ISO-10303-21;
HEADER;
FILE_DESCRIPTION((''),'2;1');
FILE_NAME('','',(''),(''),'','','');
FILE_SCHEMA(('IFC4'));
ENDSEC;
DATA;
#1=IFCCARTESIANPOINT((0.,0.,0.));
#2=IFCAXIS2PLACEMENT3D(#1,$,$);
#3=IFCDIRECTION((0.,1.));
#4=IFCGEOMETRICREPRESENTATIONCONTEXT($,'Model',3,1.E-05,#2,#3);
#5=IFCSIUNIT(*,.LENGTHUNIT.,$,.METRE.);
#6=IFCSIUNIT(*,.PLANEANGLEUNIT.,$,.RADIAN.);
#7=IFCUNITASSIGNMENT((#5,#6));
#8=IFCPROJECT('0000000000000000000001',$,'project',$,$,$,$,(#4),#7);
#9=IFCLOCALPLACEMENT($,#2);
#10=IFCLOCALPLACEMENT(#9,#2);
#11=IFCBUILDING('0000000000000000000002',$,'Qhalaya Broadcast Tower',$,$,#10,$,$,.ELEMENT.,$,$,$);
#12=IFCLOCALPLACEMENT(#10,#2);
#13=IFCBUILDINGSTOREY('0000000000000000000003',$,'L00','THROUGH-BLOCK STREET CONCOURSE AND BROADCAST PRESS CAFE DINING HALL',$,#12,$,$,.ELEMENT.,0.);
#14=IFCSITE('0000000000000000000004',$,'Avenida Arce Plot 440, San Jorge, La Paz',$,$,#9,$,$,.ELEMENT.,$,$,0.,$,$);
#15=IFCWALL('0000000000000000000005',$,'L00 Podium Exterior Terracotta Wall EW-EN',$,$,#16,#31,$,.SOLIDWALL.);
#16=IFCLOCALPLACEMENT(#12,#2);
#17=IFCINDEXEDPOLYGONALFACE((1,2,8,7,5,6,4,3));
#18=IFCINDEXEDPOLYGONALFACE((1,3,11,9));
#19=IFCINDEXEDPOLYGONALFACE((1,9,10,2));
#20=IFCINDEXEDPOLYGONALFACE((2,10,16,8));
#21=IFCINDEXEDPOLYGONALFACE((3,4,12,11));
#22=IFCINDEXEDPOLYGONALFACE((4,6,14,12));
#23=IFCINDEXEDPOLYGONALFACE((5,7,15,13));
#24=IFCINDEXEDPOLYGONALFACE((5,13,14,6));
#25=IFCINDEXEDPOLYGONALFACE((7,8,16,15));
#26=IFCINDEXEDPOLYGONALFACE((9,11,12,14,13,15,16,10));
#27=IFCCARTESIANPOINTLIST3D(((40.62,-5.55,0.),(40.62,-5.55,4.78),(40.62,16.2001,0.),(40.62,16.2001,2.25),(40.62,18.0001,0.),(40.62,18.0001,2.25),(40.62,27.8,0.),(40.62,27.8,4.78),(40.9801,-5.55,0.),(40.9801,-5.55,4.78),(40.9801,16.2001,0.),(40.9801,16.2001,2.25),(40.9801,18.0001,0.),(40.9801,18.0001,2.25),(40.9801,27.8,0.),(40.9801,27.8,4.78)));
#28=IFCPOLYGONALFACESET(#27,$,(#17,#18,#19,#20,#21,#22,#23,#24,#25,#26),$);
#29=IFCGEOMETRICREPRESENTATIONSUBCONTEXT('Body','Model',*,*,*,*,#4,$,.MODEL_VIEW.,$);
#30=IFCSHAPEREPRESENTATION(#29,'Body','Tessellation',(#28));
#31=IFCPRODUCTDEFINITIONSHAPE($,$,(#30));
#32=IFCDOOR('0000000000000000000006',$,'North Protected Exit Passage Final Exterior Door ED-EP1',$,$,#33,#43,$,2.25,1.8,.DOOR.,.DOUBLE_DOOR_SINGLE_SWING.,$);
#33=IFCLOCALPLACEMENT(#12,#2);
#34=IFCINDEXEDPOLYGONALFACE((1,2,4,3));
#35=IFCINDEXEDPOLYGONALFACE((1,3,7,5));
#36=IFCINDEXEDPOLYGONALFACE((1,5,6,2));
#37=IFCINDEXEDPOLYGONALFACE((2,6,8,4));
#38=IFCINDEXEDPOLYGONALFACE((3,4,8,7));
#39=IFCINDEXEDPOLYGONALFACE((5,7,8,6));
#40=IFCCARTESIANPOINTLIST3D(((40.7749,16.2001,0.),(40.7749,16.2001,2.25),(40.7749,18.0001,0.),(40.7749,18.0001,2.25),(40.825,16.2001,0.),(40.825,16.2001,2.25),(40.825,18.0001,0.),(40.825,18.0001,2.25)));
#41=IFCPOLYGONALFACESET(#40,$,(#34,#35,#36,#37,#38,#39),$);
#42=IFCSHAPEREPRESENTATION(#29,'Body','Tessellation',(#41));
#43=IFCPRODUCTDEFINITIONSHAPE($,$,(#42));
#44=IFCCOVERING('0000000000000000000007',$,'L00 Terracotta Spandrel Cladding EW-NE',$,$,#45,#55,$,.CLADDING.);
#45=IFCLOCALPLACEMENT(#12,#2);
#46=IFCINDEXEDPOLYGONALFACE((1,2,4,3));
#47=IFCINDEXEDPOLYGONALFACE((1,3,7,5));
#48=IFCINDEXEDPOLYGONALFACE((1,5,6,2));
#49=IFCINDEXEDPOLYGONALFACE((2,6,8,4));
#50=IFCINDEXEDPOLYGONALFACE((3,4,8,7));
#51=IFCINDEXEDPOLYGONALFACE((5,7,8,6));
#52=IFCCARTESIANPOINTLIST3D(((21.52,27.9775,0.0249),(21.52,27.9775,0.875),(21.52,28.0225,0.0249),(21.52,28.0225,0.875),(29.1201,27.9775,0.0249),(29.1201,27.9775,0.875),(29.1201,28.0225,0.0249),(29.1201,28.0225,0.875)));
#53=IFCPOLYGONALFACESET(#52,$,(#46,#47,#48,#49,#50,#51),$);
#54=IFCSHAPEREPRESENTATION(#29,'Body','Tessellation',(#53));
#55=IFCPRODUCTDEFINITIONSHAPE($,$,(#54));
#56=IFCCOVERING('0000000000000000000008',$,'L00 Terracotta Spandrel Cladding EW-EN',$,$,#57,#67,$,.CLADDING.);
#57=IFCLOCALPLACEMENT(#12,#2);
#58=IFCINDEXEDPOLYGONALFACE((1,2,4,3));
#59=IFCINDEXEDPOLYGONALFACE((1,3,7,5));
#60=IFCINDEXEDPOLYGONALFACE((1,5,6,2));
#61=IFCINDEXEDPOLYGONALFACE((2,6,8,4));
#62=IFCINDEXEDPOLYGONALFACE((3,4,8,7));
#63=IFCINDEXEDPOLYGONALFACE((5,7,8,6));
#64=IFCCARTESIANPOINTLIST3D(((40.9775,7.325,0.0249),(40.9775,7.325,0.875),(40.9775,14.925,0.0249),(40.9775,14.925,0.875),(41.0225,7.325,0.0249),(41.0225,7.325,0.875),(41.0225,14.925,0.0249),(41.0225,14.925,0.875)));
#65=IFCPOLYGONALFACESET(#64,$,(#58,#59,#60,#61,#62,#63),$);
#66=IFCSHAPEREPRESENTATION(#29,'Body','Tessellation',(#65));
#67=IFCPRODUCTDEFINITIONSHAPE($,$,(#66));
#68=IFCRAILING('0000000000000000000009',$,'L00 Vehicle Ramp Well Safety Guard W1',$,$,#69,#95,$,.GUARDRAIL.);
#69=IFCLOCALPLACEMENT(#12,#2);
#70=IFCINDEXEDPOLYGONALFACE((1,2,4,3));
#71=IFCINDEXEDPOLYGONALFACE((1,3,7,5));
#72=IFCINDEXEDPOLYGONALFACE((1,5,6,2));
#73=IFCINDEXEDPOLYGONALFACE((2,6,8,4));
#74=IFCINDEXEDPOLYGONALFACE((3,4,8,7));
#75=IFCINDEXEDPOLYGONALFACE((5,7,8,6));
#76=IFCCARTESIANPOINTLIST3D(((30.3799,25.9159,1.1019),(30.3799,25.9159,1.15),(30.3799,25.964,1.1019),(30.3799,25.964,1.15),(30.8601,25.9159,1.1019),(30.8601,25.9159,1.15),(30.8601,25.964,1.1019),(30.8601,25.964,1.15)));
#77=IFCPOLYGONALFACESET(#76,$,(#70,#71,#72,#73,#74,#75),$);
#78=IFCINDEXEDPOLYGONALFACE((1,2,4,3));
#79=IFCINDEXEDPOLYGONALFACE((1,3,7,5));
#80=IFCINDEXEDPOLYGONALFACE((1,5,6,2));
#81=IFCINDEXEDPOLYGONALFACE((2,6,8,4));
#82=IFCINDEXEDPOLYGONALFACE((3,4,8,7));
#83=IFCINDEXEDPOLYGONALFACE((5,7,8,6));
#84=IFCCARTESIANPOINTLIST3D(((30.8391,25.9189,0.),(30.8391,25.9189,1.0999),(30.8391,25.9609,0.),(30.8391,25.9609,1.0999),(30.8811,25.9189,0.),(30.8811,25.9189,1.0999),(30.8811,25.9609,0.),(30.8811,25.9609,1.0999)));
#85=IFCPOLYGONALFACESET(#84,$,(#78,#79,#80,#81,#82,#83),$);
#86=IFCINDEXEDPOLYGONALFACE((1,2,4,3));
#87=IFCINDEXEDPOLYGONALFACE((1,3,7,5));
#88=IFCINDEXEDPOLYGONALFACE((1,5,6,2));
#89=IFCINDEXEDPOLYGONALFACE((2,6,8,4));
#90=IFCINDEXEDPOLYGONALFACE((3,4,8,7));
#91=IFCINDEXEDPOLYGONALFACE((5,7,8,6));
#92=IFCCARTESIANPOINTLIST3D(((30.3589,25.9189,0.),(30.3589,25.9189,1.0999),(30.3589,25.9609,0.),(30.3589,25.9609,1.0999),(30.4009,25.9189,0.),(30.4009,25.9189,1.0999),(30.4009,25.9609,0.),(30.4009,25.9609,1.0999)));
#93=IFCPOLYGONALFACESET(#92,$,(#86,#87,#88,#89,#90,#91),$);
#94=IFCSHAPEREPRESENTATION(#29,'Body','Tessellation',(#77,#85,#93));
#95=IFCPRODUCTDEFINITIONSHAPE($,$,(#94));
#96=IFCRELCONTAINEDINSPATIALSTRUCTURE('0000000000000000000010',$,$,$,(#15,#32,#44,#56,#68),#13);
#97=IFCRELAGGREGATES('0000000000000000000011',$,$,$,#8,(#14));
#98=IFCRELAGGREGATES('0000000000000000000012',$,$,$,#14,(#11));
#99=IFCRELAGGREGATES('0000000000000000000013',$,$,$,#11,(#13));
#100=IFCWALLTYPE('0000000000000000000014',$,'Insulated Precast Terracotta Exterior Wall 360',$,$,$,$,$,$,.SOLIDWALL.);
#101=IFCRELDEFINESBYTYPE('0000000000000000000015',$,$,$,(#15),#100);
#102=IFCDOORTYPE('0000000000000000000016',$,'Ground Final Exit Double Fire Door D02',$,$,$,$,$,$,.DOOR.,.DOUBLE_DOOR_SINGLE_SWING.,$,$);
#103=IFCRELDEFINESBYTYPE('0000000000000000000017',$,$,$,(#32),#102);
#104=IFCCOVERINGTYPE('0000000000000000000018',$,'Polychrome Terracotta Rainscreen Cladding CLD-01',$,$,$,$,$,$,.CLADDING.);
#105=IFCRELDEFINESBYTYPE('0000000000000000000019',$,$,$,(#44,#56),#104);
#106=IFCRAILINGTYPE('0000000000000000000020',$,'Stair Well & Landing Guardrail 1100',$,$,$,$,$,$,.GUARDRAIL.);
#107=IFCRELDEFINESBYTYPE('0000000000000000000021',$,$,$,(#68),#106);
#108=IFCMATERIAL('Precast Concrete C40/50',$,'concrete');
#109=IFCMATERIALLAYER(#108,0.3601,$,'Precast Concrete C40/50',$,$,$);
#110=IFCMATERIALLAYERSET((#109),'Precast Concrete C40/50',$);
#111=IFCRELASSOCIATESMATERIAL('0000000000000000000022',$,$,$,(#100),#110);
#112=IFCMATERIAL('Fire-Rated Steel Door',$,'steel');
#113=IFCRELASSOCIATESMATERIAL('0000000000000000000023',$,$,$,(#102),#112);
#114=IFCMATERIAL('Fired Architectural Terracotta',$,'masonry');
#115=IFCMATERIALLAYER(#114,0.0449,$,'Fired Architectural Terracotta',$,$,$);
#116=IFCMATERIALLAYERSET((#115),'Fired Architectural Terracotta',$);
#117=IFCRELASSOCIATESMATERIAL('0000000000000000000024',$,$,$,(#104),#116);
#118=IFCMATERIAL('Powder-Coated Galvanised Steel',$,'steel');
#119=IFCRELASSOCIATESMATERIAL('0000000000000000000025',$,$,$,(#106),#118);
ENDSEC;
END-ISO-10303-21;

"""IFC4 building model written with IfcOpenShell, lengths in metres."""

from ifc_helpers import new_model, si_unit, direction, frame, frame_2d, origin, origin_2d, place, context, subcontext, project, spatial, rectangle, extrude, material, layer, layer_set, type_object, element, fill, save


model = new_model("IFC4")

# Units and contexts
model_context = context("Model", 3, precision=1e-05, world=origin(), true_north=direction((0.0, 1.0)))
body_context = subcontext(model_context, "Body", "Model", "MODEL_VIEW")
ifc_project = project(units=[si_unit("LENGTHUNIT", "METRE"), si_unit("PLANEANGLEUNIT", "RADIAN")], contexts=[model_context])

# Site, building, storey
site_placement = place(None, origin())
site = spatial("IfcSite", under=ifc_project, at=site_placement, Name="Avenida Arce Plot 440, San Jorge, La Paz", CompositionType="ELEMENT", RefElevation=0.0)
building_placement = place(site_placement, origin())
building = spatial("IfcBuilding", under=site, at=building_placement, Name="Qhalaya Broadcast Tower", CompositionType="ELEMENT")
storey_placement = place(building_placement, origin())
storey = spatial("IfcBuildingStorey", under=building, at=storey_placement, Name="L00", Description="THROUGH-BLOCK STREET CONCOURSE AND BROADCAST PRESS CAFE DINING HALL", CompositionType="ELEMENT", Elevation=0.0)

# Wall, opening, door
ifc_material_1 = material(Name="Precast Concrete C40/50", Category="concrete")
ifc_layer_1 = layer(ifc_material_1, 0.3601, Name="Precast Concrete C40/50")
ifc_layer_set_1 = layer_set([ifc_layer_1], Name="Precast Concrete C40/50")
wall_type_1 = type_object("IfcWallType", Name="Insulated Precast Terracotta Exterior Wall 360", PredefinedType="SOLIDWALL", material=ifc_layer_set_1)
wall_1_placement = place(storey_placement, frame((40.8, 27.8, 0.0), z_axis=(0.0, 0.0, 1.0), x_axis=(0.0, -1.0, 0.0)))
wall_1 = element("IfcWall", 1, at=wall_1_placement, inside=storey, type_object=wall_type_1, Name="L00 Podium Exterior Terracotta Wall EW-EN", PredefinedType="SOLIDWALL", context=body_context, shape_type="SweptSolid", body=[
    extrude(rectangle(XDim=33.3501, YDim=0.3601, at=frame_2d((16.675, 0.0))), origin(), (0.0, 0.0, 1.0), 4.78),
])
opening_placement = place(wall_1_placement, frame((9.8, 0.0, 0.0)))
opening = element("IfcOpeningElement", 2, at=opening_placement, cuts=wall_1, PredefinedType="OPENING", context=body_context, shape_type="SweptSolid", body=[
    extrude(rectangle(XDim=1.8, YDim=2.25, at=frame_2d((0.8999, 1.125))), frame((0.0, 0.1921, 0.0), z_axis=(0.0, -1.0, 0.0), x_axis=(1.0, 0.0, 0.0)), (0.0, 0.0, 1.0), 0.384),
])
ifc_material_2 = material(Name="Fire-Rated Steel Door", Category="steel")
door_type = type_object("IfcDoorType", Name="Ground Final Exit Double Fire Door D02", OperationType="DOUBLE_DOOR_SINGLE_SWING", PredefinedType="DOOR", material=ifc_material_2)
door_placement = place(opening_placement, origin())
door = element("IfcDoor", 3, at=door_placement, inside=storey, type_object=door_type, Name="North Protected Exit Passage Final Exterior Door ED-EP1", OperationType="DOUBLE_DOOR_SINGLE_SWING", OverallHeight=2.25, OverallWidth=1.8, PredefinedType="DOOR", context=body_context, shape_type="SweptSolid", body=[
    extrude(rectangle(XDim=1.8, YDim=2.25, at=frame_2d((0.8999, 1.125))), frame((0.0, 0.0249, 0.0), z_axis=(0.0, -1.0, 0.0), x_axis=(1.0, 0.0, 0.0)), (0.0, 0.0, 1.0), 0.05),
])
fill(opening, door)

# Coverings
ifc_material_3 = material(Name="Fired Architectural Terracotta", Category="masonry")
ifc_layer_2 = layer(ifc_material_3, 0.0449, Name="Fired Architectural Terracotta")
ifc_layer_set_2 = layer_set([ifc_layer_2], Name="Fired Architectural Terracotta")
covering_type = type_object("IfcCoveringType", Name="Polychrome Terracotta Rainscreen Cladding CLD-01", PredefinedType="CLADDING", material=ifc_layer_set_2)
for number, where, z_axis, x_axis, name in (
    (4, (25.3201, 28.0, 0.0249), (0.0, 0.0, 1.0), (1.0, 0.0, 0.0), "L00 Terracotta Spandrel Cladding EW-NE"),
    (5, (41.0, 11.125, 0.0249), (0.0, 0.0, 1.0), (0.0, -1.0, 0.0), "L00 Terracotta Spandrel Cladding EW-EN"),
):
    element("IfcCovering", number, at=place(storey_placement, frame(where, z_axis=z_axis, x_axis=x_axis)), inside=storey, type_object=covering_type, Name=name, PredefinedType="CLADDING", context=body_context, shape_type="SweptSolid", body=[
        extrude(rectangle(XDim=7.6001, YDim=0.0449, at=origin_2d()), origin(), (0.0, 0.0, 1.0), 0.8501),
    ])

# Railing
ifc_material_4 = material(Name="Powder-Coated Galvanised Steel", Category="steel")
railing_type = type_object("IfcRailingType", Name="Stair Well & Landing Guardrail 1100", PredefinedType="GUARDRAIL", material=ifc_material_4)
railing_1_placement = place(storey_placement, frame((30.8601, 25.9399, 0.0)))
element("IfcRailing", 6, at=railing_1_placement, inside=storey, type_object=railing_type, Name="L00 Vehicle Ramp Well Safety Guard W1", PredefinedType="GUARDRAIL", context=body_context, shape_type="SweptSolid", body=[
    extrude(rectangle(XDim=0.0481, YDim=0.0481, at=origin_2d()), frame((0.0, 0.0, 1.126), z_axis=(-1.0, 0.0, 0.0), x_axis=(0.0, -1.0, 0.0)), (0.0, 0.0, 1.0), 0.4802),
    extrude(rectangle(XDim=0.042, YDim=0.042, at=origin_2d()), origin(), (0.0, 0.0, 1.0), 1.0999),
    extrude(rectangle(XDim=0.042, YDim=0.042, at=origin_2d()), frame((-0.4802, 0.0, 0.0)), (0.0, 0.0, 1.0), 1.0999),
])

save(model, "model.ifc")
